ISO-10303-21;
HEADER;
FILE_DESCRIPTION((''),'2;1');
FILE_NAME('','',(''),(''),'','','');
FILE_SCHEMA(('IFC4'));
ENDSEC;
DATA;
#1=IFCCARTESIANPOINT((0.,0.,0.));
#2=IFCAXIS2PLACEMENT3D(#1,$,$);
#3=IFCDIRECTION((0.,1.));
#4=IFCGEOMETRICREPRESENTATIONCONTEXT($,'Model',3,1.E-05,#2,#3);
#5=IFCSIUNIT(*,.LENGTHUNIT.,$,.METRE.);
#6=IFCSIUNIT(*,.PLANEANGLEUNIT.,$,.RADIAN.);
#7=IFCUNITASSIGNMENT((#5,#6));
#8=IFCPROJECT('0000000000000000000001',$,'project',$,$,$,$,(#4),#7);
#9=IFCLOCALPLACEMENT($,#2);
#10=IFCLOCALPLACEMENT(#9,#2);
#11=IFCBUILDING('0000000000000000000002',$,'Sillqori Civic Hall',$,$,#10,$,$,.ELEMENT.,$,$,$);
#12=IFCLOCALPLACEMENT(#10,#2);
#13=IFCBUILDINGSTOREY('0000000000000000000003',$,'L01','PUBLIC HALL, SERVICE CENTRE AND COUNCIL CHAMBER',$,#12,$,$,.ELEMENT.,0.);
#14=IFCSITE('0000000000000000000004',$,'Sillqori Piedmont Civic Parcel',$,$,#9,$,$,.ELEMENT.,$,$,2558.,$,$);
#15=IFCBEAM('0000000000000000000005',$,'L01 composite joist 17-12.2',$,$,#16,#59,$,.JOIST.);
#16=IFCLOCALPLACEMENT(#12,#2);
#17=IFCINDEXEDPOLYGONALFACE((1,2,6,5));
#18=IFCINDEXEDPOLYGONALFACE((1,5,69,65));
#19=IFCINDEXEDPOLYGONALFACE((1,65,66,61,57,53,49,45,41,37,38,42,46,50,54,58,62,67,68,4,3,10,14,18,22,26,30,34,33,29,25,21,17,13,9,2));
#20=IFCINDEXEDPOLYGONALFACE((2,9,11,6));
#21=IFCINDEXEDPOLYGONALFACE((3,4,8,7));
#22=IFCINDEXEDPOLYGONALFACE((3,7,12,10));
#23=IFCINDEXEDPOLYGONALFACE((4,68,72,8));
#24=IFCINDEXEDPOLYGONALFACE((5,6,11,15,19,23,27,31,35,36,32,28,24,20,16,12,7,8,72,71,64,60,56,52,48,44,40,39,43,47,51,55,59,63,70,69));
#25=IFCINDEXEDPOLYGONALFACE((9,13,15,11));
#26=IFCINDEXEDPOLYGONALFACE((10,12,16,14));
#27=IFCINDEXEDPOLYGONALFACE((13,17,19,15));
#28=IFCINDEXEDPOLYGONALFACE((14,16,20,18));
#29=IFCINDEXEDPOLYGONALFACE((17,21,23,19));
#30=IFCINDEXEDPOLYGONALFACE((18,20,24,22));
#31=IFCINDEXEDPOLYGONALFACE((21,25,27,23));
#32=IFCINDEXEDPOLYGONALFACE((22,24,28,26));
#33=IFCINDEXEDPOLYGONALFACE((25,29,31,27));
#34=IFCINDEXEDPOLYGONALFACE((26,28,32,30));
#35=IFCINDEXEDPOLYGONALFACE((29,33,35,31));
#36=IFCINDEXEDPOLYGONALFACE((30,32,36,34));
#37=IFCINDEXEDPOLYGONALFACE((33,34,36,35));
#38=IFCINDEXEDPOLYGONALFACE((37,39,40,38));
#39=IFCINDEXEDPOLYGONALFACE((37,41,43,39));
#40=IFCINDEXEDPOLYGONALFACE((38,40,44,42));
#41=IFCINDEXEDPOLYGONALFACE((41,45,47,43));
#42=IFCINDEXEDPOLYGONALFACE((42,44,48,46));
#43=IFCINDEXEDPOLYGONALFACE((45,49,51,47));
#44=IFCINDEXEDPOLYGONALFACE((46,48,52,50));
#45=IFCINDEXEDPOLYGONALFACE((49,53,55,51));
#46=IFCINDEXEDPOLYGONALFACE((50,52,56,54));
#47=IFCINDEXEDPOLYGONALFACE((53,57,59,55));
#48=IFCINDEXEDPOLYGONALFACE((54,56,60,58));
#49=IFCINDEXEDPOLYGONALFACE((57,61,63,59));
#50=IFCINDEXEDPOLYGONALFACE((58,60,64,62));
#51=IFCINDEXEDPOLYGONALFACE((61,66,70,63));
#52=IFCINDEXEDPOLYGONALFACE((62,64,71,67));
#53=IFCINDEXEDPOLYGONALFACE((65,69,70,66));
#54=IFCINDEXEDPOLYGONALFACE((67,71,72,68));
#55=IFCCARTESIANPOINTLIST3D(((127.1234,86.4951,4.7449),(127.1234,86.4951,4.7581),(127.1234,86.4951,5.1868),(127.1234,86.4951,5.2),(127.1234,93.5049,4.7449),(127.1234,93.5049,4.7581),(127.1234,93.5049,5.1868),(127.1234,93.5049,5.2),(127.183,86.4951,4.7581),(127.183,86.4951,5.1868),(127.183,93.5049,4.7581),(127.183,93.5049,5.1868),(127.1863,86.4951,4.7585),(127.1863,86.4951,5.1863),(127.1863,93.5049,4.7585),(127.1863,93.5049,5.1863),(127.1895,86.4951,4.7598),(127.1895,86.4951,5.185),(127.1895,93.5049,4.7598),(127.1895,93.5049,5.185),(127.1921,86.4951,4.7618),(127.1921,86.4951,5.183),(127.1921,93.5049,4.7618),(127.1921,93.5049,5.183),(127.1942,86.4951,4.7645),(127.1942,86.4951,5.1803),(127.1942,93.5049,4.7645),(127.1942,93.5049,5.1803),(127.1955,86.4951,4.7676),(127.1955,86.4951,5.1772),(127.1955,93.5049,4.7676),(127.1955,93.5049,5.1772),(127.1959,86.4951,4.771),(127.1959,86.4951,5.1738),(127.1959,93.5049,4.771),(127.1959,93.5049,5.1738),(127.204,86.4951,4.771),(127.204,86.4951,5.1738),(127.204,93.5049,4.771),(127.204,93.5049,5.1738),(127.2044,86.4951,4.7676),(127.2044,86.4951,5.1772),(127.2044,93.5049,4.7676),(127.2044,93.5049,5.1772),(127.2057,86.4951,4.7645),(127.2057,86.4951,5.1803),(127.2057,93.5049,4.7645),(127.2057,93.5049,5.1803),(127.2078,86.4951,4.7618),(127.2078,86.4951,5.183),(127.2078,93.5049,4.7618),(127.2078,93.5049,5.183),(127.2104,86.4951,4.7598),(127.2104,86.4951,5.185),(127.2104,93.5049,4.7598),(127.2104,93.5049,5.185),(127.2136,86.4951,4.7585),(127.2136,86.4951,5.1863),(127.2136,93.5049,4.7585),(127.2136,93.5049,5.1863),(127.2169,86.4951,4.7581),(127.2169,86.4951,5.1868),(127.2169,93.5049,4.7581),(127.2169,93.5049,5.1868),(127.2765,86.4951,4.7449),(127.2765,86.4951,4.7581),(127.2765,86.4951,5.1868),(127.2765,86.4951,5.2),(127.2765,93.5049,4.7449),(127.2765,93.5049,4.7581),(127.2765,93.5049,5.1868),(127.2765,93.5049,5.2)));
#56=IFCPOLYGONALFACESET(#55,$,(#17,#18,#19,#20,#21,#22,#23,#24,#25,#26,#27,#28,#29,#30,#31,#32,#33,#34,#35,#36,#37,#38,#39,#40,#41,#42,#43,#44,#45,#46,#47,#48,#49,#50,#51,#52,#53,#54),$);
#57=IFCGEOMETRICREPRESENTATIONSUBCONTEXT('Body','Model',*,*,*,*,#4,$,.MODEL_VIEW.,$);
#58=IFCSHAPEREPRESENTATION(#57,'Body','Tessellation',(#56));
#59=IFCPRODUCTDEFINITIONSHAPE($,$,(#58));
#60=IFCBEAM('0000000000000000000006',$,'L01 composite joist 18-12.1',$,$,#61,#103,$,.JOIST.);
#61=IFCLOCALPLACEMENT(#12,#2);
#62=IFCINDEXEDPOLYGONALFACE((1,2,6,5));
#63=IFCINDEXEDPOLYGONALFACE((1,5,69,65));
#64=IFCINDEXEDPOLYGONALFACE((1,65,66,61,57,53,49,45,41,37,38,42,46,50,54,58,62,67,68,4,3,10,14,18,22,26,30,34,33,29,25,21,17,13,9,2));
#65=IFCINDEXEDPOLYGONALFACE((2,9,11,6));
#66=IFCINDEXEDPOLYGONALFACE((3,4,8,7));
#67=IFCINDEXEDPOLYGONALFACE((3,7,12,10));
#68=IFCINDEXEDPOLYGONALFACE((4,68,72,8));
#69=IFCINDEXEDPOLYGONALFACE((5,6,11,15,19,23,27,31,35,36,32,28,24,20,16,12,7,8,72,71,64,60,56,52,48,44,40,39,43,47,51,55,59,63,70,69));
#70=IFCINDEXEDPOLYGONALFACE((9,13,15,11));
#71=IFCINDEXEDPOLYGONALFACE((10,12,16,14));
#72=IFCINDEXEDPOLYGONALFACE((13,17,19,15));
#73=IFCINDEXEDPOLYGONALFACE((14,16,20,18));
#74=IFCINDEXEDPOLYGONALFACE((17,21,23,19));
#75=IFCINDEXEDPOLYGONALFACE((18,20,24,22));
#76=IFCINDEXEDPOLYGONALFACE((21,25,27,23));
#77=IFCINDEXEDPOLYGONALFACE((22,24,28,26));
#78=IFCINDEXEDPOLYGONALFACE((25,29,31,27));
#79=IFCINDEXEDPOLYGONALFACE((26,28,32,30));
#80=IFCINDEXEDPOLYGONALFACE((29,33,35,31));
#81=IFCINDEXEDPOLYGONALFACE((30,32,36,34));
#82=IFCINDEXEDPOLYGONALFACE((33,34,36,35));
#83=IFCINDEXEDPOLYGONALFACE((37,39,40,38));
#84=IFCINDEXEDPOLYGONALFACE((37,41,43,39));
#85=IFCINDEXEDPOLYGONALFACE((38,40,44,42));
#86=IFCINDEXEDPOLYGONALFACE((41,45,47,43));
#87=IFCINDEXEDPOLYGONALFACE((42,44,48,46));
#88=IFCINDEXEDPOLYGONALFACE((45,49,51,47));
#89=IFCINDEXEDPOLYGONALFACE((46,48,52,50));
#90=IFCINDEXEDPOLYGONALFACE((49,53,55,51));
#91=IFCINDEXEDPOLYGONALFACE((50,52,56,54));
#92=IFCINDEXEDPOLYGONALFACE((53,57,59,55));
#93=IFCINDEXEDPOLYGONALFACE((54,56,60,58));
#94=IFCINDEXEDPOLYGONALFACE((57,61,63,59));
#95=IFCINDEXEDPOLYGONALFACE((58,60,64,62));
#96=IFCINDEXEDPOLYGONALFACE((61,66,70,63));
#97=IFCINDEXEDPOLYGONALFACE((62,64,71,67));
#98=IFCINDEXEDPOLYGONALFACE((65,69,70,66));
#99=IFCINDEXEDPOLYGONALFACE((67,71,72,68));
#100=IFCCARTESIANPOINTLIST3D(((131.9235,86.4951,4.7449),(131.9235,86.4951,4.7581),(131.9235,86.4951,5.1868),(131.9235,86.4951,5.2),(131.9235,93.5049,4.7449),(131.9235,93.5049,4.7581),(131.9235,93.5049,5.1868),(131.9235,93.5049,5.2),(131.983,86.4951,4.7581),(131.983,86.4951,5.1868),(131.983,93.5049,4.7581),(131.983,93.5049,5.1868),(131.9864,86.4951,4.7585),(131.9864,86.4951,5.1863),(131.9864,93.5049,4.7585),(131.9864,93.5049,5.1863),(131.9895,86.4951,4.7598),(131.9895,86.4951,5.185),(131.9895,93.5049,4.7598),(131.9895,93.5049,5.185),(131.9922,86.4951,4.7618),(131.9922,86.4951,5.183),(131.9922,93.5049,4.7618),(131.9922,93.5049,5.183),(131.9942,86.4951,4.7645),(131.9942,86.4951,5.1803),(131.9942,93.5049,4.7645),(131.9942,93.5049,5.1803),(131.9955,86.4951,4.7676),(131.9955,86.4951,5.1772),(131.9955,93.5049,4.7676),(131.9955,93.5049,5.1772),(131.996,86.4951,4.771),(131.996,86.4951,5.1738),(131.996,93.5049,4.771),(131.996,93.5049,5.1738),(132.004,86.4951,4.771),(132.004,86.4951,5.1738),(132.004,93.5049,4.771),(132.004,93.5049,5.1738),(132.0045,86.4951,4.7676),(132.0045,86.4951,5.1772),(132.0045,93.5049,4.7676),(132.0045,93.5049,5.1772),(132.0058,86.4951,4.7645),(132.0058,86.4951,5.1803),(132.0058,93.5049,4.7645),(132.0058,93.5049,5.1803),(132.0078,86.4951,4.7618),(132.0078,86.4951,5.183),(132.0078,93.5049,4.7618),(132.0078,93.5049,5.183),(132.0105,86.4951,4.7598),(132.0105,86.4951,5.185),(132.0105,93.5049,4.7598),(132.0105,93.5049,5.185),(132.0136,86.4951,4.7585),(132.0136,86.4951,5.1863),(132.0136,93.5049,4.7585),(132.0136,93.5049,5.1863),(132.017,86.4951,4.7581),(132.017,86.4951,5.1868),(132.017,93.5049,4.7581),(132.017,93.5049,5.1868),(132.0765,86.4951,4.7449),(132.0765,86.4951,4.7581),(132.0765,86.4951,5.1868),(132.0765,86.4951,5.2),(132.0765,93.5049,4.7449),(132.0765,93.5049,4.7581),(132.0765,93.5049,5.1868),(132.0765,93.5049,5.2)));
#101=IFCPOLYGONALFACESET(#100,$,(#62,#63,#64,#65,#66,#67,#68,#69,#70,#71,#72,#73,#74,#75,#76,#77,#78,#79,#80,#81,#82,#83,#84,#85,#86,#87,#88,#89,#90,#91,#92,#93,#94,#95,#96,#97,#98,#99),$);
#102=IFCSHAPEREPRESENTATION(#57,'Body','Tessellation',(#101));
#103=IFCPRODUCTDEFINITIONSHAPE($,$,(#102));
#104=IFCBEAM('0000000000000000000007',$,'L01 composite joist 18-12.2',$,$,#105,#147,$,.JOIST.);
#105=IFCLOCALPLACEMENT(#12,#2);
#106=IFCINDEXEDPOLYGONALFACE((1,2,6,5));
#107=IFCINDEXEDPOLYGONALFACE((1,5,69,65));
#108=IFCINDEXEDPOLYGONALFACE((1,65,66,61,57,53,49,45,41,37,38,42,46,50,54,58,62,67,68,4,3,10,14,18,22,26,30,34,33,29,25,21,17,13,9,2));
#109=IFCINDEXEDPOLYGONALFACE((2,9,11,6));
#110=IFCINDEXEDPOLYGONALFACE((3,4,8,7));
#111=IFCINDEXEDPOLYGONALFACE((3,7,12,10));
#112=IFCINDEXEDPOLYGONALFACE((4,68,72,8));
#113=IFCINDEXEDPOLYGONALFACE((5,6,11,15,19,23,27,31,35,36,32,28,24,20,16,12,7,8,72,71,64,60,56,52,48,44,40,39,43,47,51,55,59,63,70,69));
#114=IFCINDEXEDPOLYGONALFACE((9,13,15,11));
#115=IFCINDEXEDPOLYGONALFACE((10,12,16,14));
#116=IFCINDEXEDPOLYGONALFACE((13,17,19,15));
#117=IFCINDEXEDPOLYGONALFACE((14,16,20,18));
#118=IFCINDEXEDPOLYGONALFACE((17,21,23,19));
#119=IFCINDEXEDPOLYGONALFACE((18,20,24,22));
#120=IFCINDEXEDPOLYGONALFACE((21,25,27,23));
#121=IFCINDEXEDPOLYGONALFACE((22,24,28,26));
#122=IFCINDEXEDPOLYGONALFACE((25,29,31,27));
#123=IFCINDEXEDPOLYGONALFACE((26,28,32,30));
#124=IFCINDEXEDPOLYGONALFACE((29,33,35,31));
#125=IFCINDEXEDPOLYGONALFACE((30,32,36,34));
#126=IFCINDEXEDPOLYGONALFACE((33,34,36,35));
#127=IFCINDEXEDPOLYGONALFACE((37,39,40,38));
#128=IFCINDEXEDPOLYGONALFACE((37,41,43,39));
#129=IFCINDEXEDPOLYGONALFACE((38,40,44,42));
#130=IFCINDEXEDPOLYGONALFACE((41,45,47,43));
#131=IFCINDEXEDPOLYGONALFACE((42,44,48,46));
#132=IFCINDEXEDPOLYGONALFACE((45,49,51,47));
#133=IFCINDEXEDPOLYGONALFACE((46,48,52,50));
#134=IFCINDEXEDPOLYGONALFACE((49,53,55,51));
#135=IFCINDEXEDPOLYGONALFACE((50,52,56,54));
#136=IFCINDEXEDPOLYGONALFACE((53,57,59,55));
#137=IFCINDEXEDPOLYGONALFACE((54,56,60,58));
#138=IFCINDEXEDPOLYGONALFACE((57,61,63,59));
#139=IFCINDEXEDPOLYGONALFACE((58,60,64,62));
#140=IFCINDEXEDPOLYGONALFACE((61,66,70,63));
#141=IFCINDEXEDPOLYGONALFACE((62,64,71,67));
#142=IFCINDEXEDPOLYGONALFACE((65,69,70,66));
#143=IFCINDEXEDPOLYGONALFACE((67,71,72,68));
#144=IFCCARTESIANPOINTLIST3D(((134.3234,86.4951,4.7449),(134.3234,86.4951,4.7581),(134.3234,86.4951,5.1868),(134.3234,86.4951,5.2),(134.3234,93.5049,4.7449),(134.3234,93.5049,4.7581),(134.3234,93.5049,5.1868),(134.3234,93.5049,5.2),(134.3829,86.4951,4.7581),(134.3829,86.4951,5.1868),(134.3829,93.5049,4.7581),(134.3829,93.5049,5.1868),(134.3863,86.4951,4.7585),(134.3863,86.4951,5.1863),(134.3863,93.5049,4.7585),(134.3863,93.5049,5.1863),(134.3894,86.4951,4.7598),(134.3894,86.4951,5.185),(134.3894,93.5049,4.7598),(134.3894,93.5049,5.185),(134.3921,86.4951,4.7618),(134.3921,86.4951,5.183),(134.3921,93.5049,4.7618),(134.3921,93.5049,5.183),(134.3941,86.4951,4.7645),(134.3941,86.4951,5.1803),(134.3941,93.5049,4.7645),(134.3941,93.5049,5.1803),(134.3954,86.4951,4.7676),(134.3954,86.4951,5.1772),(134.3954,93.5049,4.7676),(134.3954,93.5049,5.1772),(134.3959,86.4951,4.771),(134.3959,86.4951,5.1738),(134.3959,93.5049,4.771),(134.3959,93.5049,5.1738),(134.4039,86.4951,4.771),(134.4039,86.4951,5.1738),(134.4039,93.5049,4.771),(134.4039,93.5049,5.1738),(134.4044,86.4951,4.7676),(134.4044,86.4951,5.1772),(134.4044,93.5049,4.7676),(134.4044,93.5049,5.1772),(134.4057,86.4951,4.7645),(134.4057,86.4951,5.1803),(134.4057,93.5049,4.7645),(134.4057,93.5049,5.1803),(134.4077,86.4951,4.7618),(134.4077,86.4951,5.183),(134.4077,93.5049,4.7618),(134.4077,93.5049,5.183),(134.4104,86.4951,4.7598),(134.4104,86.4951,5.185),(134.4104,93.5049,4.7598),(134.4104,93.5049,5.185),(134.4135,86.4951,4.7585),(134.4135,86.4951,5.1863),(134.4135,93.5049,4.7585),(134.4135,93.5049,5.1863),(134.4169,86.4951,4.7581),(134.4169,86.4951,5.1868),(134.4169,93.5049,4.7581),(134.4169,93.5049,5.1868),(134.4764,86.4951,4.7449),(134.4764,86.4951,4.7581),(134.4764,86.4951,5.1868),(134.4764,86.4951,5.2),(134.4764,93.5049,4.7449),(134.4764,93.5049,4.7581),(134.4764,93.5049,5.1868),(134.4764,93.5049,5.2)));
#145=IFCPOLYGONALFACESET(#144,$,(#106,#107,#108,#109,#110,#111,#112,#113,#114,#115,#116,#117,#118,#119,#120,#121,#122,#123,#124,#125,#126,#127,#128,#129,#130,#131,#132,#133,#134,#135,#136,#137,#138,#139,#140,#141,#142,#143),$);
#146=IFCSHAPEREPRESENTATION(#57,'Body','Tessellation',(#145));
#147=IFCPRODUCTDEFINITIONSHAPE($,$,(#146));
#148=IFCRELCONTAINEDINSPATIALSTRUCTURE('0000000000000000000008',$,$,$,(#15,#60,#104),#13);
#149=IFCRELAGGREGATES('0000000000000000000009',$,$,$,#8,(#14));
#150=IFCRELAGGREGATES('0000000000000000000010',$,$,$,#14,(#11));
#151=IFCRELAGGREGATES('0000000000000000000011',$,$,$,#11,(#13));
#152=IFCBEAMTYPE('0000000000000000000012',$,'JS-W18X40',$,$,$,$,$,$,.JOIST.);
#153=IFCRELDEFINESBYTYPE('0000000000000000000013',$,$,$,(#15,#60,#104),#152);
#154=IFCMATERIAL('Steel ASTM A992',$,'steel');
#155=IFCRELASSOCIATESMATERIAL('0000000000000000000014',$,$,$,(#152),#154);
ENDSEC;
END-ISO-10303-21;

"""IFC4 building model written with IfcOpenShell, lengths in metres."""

from ifc_helpers import new_model, si_unit, direction, frame, origin, origin_2d, place, context, subcontext, project, spatial, i_section, extrude, material, material_profile, profile_set, type_object, element, save


model = new_model("IFC4")

# Units and contexts
model_context = context("Model", 3, precision=1e-05, world=origin(), true_north=direction((0.0, 1.0)))
body_context = subcontext(model_context, "Body", "Model", "MODEL_VIEW")
ifc_project = project(units=[si_unit("LENGTHUNIT", "METRE"), si_unit("PLANEANGLEUNIT", "RADIAN")], contexts=[model_context])

# Site, building, storey
site_placement = place(None, origin())
site = spatial("IfcSite", under=ifc_project, at=site_placement, Name="Sillqori Piedmont Civic Parcel", CompositionType="ELEMENT", RefElevation=2558.0)
building_placement = place(site_placement, origin())
building = spatial("IfcBuilding", under=site, at=building_placement, Name="Sillqori Civic Hall", CompositionType="ELEMENT")
storey_placement = place(building_placement, origin())
storey = spatial("IfcBuildingStorey", under=building, at=storey_placement, Name="L01", Description="PUBLIC HALL, SERVICE CENTRE AND COUNCIL CHAMBER", CompositionType="ELEMENT", Elevation=0.0)

# Shared definitions
ifc_material_1 = material(Name="Steel ASTM A992", Category="steel")

# Beams
ifc_material_profile_1 = material_profile(ifc_material_1, i_section(OverallWidth=0.1531, OverallDepth=0.4551, WebThickness=0.0081, FlangeThickness=0.0132, FilletRadius=0.0129, at=origin_2d()), Name="W18X40")
ifc_profile_set_1 = profile_set([ifc_material_profile_1], Name="Steel ASTM A992")
beam_type_1 = type_object("IfcBeamType", Name="JS-W18X40", PredefinedType="JOIST", material=ifc_profile_set_1)
for number, where, z_axis, x_axis, name in (
    (1, (127.2, 86.4951, 4.9724), (0.0, 1.0, 0.0), (-1.0, 0.0, 0.0), "L01 composite joist 17-12.2"),
    (2, (132.0, 86.4951, 4.9724), (0.0, 1.0, 0.0), (-1.0, 0.0, 0.0), "L01 composite joist 18-12.1"),
    (3, (134.3999, 86.4951, 4.9724), (0.0, 1.0, 0.0), (-1.0, 0.0, 0.0), "L01 composite joist 18-12.2"),
):
    element("IfcBeam", number, at=place(storey_placement, frame(where, z_axis=z_axis, x_axis=x_axis)), inside=storey, type_object=beam_type_1, Name=name, PredefinedType="JOIST", context=body_context, shape_type="SweptSolid", body=[
        extrude(i_section(OverallWidth=0.1531, OverallDepth=0.4551, WebThickness=0.0081, FlangeThickness=0.0132, FilletRadius=0.0129, at=origin_2d()), origin(), (0.0, 0.0, 1.0), 7.0098),
    ])

save(model, "model.ifc")
